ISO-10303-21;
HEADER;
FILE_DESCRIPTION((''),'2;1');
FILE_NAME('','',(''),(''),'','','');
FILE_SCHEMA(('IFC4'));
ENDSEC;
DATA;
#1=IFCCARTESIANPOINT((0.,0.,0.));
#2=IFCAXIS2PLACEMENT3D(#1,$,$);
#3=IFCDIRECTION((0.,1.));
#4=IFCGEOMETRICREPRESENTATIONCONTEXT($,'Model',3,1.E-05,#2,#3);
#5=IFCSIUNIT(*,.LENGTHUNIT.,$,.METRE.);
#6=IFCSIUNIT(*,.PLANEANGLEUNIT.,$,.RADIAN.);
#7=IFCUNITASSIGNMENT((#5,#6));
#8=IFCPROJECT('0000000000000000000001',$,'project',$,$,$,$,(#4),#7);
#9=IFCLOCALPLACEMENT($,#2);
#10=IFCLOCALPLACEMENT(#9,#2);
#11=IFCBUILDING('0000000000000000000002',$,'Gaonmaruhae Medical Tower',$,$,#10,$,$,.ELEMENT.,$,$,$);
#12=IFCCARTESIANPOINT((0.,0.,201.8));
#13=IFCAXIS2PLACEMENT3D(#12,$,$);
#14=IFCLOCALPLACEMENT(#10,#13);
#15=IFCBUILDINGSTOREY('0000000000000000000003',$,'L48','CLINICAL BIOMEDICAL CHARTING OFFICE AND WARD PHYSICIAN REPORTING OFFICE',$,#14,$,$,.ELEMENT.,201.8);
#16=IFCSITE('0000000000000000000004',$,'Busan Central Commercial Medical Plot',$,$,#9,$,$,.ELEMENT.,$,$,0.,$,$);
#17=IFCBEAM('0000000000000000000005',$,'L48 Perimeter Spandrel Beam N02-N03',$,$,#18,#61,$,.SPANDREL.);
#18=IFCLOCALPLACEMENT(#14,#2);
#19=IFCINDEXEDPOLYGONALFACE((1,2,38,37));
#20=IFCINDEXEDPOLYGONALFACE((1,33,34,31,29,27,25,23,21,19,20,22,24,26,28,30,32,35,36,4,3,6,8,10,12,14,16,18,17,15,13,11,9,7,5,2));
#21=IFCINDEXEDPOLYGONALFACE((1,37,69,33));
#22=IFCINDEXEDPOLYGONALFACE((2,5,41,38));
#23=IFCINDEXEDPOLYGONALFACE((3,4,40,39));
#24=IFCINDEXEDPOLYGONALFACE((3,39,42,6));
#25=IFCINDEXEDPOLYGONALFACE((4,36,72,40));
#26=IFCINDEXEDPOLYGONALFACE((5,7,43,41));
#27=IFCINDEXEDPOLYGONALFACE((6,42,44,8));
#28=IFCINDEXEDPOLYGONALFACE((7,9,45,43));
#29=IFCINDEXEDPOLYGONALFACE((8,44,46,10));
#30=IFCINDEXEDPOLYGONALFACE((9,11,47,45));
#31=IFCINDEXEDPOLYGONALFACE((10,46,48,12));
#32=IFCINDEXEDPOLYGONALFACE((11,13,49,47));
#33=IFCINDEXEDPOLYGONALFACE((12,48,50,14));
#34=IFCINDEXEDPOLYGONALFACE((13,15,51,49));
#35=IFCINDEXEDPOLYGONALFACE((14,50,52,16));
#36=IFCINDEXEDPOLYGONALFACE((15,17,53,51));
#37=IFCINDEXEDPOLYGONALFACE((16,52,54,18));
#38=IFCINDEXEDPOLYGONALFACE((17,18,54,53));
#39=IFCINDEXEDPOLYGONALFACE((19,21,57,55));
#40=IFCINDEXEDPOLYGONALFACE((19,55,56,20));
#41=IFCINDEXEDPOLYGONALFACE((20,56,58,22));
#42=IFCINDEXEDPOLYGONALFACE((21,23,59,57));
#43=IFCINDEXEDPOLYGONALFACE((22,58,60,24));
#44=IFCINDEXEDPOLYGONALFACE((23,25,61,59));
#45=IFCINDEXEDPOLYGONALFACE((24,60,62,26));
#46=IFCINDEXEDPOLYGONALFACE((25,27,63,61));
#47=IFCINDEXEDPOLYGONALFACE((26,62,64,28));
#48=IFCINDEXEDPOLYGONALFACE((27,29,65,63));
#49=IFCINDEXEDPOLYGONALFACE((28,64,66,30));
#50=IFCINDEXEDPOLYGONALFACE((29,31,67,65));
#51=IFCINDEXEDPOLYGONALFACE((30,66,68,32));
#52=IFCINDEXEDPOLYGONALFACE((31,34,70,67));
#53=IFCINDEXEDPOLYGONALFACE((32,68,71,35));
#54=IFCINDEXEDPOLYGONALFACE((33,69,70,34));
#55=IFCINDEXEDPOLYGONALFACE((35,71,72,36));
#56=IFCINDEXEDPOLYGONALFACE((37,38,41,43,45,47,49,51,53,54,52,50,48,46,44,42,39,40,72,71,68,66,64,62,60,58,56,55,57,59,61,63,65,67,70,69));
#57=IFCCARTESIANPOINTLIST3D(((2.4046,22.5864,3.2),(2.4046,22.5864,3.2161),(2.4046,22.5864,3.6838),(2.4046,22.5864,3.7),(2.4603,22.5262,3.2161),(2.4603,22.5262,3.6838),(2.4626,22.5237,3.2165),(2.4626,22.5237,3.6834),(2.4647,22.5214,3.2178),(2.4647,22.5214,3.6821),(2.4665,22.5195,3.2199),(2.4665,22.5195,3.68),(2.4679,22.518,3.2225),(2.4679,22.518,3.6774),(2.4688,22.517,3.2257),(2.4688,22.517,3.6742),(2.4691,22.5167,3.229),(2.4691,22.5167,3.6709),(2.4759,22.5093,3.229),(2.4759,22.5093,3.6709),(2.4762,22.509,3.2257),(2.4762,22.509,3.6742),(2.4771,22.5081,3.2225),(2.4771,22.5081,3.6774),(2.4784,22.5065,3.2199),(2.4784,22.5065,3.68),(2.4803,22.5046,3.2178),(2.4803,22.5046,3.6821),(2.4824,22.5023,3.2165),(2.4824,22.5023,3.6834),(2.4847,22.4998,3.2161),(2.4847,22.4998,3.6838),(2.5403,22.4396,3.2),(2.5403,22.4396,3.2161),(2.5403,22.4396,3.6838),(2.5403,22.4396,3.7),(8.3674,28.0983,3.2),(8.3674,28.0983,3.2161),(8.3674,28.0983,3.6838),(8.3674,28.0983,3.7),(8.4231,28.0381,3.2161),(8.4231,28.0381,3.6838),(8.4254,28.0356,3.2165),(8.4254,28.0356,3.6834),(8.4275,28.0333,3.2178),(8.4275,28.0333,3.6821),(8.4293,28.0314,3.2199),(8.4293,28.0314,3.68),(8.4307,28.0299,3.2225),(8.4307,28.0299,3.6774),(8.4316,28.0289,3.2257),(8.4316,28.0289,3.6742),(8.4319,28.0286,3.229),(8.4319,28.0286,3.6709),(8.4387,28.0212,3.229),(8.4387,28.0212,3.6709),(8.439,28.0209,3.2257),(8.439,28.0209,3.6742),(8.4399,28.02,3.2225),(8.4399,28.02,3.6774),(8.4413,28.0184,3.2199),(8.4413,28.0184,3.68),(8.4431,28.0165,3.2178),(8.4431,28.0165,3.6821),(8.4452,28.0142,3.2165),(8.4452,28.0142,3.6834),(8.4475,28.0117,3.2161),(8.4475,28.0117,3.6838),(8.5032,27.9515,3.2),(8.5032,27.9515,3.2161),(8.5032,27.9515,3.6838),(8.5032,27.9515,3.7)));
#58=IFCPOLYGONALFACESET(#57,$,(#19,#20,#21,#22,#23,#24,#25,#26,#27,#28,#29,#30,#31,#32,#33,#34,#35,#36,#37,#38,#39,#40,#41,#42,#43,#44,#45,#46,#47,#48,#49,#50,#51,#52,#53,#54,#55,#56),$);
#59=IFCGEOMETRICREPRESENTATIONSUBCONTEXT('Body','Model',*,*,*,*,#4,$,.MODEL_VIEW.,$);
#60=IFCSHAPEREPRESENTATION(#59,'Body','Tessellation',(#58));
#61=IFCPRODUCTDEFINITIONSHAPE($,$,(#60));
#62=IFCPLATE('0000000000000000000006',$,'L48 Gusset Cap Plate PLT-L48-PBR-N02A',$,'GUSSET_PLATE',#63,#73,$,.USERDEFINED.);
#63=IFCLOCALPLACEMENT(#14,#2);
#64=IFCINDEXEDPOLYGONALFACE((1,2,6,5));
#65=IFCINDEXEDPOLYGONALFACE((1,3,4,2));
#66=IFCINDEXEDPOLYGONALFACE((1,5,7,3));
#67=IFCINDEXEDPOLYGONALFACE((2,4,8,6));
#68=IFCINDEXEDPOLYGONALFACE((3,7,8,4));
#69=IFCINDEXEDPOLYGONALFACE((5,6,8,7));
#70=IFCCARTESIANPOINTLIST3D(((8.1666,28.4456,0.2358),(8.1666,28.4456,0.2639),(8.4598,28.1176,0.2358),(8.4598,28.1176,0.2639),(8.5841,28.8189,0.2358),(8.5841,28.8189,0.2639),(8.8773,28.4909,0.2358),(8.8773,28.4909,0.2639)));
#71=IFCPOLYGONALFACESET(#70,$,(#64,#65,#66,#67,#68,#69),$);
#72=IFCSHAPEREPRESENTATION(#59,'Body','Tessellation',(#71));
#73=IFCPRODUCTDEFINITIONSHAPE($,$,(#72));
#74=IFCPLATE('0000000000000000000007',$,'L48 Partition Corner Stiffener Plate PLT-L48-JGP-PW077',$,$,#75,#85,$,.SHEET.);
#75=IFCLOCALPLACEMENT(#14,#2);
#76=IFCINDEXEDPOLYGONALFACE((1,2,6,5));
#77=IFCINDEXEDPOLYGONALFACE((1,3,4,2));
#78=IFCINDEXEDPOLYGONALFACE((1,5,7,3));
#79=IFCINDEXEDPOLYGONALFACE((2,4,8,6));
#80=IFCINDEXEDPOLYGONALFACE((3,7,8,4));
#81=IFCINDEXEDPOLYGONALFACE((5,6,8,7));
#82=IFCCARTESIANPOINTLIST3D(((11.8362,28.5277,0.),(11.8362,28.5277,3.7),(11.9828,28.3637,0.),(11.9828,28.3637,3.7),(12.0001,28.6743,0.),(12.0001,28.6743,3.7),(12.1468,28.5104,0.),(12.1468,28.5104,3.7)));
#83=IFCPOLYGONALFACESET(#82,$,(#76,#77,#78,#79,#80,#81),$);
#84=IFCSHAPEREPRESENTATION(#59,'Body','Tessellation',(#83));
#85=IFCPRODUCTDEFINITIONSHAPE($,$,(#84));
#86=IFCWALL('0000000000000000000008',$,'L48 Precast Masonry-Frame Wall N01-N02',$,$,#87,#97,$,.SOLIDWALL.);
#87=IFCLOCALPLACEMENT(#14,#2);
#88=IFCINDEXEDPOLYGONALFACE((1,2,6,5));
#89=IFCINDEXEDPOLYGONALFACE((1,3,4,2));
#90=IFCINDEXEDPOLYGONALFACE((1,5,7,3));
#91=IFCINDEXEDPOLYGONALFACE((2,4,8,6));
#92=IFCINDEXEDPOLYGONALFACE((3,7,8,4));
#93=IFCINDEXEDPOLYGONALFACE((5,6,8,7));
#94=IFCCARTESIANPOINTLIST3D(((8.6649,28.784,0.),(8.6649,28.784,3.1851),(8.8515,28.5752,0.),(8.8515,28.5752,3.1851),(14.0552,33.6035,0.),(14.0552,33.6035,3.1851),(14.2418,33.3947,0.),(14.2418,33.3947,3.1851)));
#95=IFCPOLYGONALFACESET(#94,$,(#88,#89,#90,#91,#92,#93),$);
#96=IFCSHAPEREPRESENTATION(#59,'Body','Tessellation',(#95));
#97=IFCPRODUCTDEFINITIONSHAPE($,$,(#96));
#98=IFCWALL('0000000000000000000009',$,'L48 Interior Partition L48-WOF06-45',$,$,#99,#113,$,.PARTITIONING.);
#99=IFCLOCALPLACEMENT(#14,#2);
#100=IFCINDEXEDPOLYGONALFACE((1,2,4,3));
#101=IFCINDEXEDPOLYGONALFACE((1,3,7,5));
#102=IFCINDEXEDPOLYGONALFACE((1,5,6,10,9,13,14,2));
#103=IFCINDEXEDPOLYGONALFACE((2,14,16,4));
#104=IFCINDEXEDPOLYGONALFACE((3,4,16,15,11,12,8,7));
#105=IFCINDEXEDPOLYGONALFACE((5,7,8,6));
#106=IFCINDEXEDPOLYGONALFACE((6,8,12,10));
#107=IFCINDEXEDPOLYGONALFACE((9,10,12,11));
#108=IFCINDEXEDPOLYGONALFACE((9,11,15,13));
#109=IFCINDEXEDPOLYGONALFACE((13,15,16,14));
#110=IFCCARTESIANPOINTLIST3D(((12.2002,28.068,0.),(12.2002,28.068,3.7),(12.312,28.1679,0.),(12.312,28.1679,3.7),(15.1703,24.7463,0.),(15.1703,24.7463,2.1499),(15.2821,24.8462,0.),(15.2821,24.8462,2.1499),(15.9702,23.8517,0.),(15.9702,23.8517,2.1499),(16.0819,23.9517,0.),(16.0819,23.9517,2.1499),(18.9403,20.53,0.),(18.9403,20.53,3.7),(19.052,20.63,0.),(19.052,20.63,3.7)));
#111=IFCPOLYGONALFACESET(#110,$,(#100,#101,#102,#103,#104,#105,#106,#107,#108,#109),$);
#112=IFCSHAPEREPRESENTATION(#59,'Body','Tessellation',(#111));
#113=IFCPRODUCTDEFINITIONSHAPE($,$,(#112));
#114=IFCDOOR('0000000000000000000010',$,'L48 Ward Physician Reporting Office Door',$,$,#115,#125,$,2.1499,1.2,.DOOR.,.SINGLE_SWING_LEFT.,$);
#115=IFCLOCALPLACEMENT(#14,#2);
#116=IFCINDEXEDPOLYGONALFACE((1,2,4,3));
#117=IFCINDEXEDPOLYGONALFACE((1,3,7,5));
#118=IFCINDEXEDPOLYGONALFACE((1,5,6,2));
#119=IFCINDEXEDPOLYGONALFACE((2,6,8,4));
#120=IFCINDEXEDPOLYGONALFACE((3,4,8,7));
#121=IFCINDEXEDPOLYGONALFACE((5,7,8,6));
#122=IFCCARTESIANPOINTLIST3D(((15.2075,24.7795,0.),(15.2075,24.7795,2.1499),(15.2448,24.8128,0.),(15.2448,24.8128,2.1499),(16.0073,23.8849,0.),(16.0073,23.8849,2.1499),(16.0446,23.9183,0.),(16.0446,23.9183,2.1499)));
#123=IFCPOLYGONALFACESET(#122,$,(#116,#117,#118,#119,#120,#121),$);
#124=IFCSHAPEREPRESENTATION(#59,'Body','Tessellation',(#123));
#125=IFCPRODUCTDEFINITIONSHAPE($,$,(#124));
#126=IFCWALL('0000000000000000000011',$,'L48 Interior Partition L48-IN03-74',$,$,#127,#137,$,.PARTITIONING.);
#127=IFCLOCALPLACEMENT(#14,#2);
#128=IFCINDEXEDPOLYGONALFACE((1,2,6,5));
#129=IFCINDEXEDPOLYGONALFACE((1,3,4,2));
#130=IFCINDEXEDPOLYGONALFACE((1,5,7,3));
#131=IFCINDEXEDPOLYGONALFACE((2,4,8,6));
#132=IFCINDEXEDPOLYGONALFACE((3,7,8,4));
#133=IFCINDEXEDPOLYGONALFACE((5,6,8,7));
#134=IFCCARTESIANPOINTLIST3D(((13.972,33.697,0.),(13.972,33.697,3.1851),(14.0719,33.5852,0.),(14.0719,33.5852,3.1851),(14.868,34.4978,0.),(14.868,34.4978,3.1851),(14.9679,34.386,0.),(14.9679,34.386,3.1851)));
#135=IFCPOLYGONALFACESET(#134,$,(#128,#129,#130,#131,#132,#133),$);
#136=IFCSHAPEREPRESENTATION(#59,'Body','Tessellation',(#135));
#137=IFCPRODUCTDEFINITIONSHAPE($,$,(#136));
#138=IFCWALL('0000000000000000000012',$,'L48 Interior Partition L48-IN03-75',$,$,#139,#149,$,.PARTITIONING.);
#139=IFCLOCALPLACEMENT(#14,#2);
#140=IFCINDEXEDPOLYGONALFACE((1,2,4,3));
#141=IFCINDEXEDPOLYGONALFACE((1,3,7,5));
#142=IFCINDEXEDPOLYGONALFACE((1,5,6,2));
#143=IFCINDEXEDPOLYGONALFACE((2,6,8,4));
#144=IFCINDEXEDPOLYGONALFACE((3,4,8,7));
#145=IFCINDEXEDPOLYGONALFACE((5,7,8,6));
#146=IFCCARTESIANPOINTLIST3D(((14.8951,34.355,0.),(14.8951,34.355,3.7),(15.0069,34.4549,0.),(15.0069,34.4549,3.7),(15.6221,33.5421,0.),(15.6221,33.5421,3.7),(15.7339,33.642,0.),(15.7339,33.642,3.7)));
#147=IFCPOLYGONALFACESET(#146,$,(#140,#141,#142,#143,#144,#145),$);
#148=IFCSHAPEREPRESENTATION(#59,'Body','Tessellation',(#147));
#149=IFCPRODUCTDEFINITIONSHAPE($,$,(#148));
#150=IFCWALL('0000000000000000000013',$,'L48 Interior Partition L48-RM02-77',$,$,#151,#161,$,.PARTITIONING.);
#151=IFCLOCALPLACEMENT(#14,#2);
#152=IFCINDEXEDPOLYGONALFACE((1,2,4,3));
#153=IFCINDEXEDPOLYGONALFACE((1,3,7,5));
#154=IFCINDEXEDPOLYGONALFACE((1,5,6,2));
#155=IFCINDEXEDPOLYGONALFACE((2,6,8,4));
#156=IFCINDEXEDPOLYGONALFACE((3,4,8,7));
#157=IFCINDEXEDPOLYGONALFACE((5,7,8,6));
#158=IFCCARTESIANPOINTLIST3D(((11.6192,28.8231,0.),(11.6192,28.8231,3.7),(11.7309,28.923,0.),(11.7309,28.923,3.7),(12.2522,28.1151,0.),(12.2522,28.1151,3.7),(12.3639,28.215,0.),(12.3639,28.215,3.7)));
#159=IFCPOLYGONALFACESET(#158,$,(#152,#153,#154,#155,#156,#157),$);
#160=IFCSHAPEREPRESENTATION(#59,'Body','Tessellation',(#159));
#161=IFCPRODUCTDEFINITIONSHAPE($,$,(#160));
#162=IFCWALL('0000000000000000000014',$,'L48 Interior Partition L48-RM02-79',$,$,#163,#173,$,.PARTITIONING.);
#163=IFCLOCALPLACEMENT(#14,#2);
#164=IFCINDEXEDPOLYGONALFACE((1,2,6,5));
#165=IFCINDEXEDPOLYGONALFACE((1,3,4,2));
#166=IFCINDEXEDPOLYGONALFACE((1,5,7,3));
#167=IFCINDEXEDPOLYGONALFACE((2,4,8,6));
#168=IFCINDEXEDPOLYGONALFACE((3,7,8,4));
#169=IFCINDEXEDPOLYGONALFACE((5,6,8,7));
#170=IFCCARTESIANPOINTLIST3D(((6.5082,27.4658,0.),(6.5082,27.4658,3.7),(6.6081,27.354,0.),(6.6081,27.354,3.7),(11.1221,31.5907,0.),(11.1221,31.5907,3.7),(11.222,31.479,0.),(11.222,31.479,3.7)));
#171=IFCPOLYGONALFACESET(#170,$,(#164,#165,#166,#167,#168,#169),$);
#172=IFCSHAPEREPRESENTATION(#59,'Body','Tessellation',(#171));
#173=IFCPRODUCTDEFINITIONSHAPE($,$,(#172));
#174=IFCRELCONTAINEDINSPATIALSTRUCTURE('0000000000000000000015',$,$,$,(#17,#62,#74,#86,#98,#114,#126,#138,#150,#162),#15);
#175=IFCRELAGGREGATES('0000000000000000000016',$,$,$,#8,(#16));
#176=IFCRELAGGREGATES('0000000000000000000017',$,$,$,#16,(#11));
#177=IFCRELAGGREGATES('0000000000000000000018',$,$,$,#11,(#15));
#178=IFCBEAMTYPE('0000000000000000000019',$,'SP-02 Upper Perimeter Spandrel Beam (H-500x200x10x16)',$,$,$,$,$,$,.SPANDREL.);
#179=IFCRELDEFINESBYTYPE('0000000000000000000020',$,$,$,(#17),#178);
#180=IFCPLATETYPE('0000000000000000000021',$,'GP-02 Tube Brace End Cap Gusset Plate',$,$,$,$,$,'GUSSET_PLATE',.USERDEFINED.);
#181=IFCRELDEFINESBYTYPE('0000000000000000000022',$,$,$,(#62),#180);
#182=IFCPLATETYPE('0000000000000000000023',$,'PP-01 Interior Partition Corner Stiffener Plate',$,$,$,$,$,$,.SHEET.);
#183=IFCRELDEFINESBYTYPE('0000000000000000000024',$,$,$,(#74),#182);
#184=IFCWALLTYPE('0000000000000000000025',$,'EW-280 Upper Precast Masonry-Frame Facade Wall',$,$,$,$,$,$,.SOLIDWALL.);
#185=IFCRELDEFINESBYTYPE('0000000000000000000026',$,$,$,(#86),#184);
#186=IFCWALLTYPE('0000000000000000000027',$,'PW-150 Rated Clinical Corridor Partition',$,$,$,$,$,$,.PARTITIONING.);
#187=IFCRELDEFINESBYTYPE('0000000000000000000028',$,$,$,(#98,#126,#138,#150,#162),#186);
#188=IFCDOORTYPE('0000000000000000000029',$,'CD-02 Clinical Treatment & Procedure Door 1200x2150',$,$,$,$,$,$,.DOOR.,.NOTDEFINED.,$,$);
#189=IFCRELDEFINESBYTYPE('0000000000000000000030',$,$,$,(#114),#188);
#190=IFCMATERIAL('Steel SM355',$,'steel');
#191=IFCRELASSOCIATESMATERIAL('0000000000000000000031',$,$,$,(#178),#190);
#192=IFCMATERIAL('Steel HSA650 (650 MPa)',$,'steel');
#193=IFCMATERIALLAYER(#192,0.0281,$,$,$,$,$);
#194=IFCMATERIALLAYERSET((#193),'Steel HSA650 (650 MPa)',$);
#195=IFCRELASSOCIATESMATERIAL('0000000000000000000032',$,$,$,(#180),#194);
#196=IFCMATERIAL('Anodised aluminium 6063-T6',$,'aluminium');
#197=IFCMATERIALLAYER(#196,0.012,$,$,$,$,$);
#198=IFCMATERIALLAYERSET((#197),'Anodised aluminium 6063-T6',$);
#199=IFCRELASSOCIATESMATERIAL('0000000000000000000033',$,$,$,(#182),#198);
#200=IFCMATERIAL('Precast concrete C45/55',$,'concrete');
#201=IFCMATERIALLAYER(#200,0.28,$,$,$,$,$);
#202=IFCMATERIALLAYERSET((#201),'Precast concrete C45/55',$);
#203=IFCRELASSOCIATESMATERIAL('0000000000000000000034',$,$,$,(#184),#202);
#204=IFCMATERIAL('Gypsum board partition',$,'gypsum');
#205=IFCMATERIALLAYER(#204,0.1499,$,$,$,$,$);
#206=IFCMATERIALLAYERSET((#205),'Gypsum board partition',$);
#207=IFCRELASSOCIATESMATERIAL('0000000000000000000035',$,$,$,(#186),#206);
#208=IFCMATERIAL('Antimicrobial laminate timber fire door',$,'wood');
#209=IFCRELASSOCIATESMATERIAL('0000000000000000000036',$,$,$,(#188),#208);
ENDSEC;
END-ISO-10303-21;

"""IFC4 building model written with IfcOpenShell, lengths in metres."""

from ifc_helpers import new_model, si_unit, direction, frame, frame_2d, origin, origin_2d, place, context, subcontext, project, spatial, rectangle, i_section, extrude, material, layer, layer_set, material_profile, profile_set, type_object, element, fill, save


model = new_model("IFC4")

# Units and contexts
model_context = context("Model", 3, precision=1e-05, world=origin(), true_north=direction((0.0, 1.0)))
body_context = subcontext(model_context, "Body", "Model", "MODEL_VIEW")
ifc_project = project(units=[si_unit("LENGTHUNIT", "METRE"), si_unit("PLANEANGLEUNIT", "RADIAN")], contexts=[model_context])

# Site, building, storey
site_placement = place(None, origin())
site = spatial("IfcSite", under=ifc_project, at=site_placement, Name="Busan Central Commercial Medical Plot", CompositionType="ELEMENT", RefElevation=0.0)
building_placement = place(site_placement, origin())
building = spatial("IfcBuilding", under=site, at=building_placement, Name="Gaonmaruhae Medical Tower", CompositionType="ELEMENT")
storey_placement = place(building_placement, frame((0.0, 0.0, 201.8)))
storey = spatial("IfcBuildingStorey", under=building, at=storey_placement, Name="L48", Description="CLINICAL BIOMEDICAL CHARTING OFFICE AND WARD PHYSICIAN REPORTING OFFICE", CompositionType="ELEMENT", Elevation=201.8)

# Shared definitions
ifc_material_1 = material(Name="Steel SM355", Category="steel")

# Beam
ifc_material_profile_1 = material_profile(ifc_material_1, i_section(OverallWidth=0.2, OverallDepth=0.5, WebThickness=0.01, FlangeThickness=0.0161, FilletRadius=0.0129, at=origin_2d()), Name="H-500x200x10x16")
ifc_profile_set_1 = profile_set([ifc_material_profile_1], Name="Steel SM355")
beam_type_1 = type_object("IfcBeamType", Name="SP-02 Upper Perimeter Spandrel Beam (H-500x200x10x16)", PredefinedType="SPANDREL", material=ifc_profile_set_1)
for number, where, z_axis, x_axis, name in (
    (1, (8.4353, 28.0249, 3.45), (-0.734327, -0.678796, 0.0), (0.678796, -0.734327, 0.0), "L48 Perimeter Spandrel Beam N02-N03"),
):
    element("IfcBeam", number, at=place(storey_placement, frame(where, z_axis=z_axis, x_axis=x_axis)), inside=storey, type_object=beam_type_1, Name=name, PredefinedType="SPANDREL", context=body_context, shape_type="SweptSolid", body=[
        extrude(i_section(OverallWidth=0.2, OverallDepth=0.5, WebThickness=0.01, FlangeThickness=0.0161, FilletRadius=0.0129, at=origin_2d()), origin(), (0.0, 0.0, 1.0), 8.1201),
    ])

# Plates
ifc_material_2 = material(Name="Steel HSA650 (650 MPa)", Category="steel")
ifc_layer_1 = layer(ifc_material_2, 0.0281)
ifc_layer_set_1 = layer_set([ifc_layer_1], Name="Steel HSA650 (650 MPa)")
plate_type_1 = type_object("IfcPlateType", Name="GP-02 Tube Brace End Cap Gusset Plate", ElementType="GUSSET_PLATE", PredefinedType="USERDEFINED", material=ifc_layer_set_1)
plate_1_placement = place(storey_placement, frame((8.522, 28.4683, 0.2358), z_axis=(0.0, 0.0, 1.0), x_axis=(0.745476, 0.666532, 0.0)))
element("IfcPlate", 2, at=plate_1_placement, inside=storey, type_object=plate_type_1, Name="L48 Gusset Cap Plate PLT-L48-PBR-N02A", ObjectType="GUSSET_PLATE", PredefinedType="USERDEFINED", context=body_context, shape_type="SweptSolid", body=[
    extrude(rectangle(XDim=0.5601, YDim=0.4399, at=origin_2d()), origin(), (0.0, 0.0, 1.0), 0.0281),
])
ifc_material_3 = material(Name="Anodised aluminium 6063-T6", Category="aluminium")
ifc_layer_2 = layer(ifc_material_3, 0.012)
ifc_layer_set_2 = layer_set([ifc_layer_2], Name="Anodised aluminium 6063-T6")
plate_type_2 = type_object("IfcPlateType", Name="PP-01 Interior Partition Corner Stiffener Plate", PredefinedType="SHEET", material=ifc_layer_set_2)
plate_2_placement = place(storey_placement, frame((11.9915, 28.519, 0.0), z_axis=(0.0, 0.0, 1.0), x_axis=(0.666519, -0.745488, 0.0)))
element("IfcPlate", 3, at=plate_2_placement, inside=storey, type_object=plate_type_2, Name="L48 Partition Corner Stiffener Plate PLT-L48-JGP-PW077", PredefinedType="SHEET", context=body_context, shape_type="SweptSolid", body=[
    extrude(rectangle(XDim=0.22, YDim=0.22, at=origin_2d()), origin(), (0.0, 0.0, 1.0), 3.7),
])

# Wall
ifc_material_4 = material(Name="Precast concrete C45/55", Category="concrete")
ifc_layer_3 = layer(ifc_material_4, 0.28)
ifc_layer_set_3 = layer_set([ifc_layer_3], Name="Precast concrete C45/55")
wall_type_1 = type_object("IfcWallType", Name="EW-280 Upper Precast Masonry-Frame Facade Wall", PredefinedType="SOLIDWALL", material=ifc_layer_set_3)
wall_1_placement = place(storey_placement, frame((8.7583, 28.6797, 0.0), z_axis=(0.0, 0.0, 1.0), x_axis=(0.745474, 0.666534, 0.0)))
element("IfcWall", 4, at=wall_1_placement, inside=storey, type_object=wall_type_1, Name="L48 Precast Masonry-Frame Wall N01-N02", PredefinedType="SOLIDWALL", context=body_context, shape_type="SweptSolid", body=[
    extrude(rectangle(XDim=7.2307, YDim=0.28, at=frame_2d((3.6152, 0.0))), origin(), (0.0, 0.0, 1.0), 3.1851),
])

# Wall, opening, door
ifc_material_5 = material(Name="Gypsum board partition", Category="gypsum")
ifc_layer_4 = layer(ifc_material_5, 0.1499)
ifc_layer_set_4 = layer_set([ifc_layer_4], Name="Gypsum board partition")
wall_type_2 = type_object("IfcWallType", Name="PW-150 Rated Clinical Corridor Partition", PredefinedType="PARTITIONING", material=ifc_layer_set_4)
wall_2_placement = place(storey_placement, frame((12.2561, 28.1179, 0.0), z_axis=(0.0, 0.0, 1.0), x_axis=(0.666553, -0.745457, 0.0)))
wall_2 = element("IfcWall", 5, at=wall_2_placement, inside=storey, type_object=wall_type_2, Name="L48 Interior Partition L48-WOF06-45", PredefinedType="PARTITIONING", context=body_context, shape_type="SweptSolid", body=[
    extrude(rectangle(XDim=10.1118, YDim=0.1499, at=frame_2d((5.0559, 0.0))), origin(), (0.0, 0.0, 1.0), 3.7),
])
opening_1_placement = place(wall_2_placement, frame((4.4558, 0.0, 0.0)))
opening_1 = element("IfcOpeningElement", 6, at=opening_1_placement, cuts=wall_2, PredefinedType="OPENING", context=body_context, shape_type="SweptSolid", body=[
    extrude(rectangle(XDim=1.2, YDim=2.1499, at=frame_2d((0.6001, 1.075))), frame((0.0, 0.085, 0.0), z_axis=(0.0, -1.0, 0.0), x_axis=(1.0, 0.0, 0.0)), (0.0, 0.0, 1.0), 0.1699),
])
ifc_material_6 = material(Name="Antimicrobial laminate timber fire door", Category="wood")
door_type_1 = type_object("IfcDoorType", Name="CD-02 Clinical Treatment & Procedure Door 1200x2150", OperationType="NOTDEFINED", PredefinedType="DOOR", material=ifc_material_6)
door_1_placement = place(opening_1_placement, origin())
door_1 = element("IfcDoor", 7, at=door_1_placement, inside=storey, type_object=door_type_1, Name="L48 Ward Physician Reporting Office Door", OperationType="SINGLE_SWING_LEFT", OverallHeight=2.1499, OverallWidth=1.2, PredefinedType="DOOR", context=body_context, shape_type="SweptSolid", body=[
    extrude(rectangle(XDim=1.2, YDim=2.1499, at=frame_2d((0.6001, 1.075))), frame((0.0, 0.0249, 0.0), z_axis=(0.0, -1.0, 0.0), x_axis=(1.0, 0.0, 0.0)), (0.0, 0.0, 1.0), 0.05),
])
fill(opening_1, door_1)

# Walls
wall_3_placement = place(storey_placement, frame((14.022, 33.6411, 0.0), z_axis=(0.0, 0.0, 1.0), x_axis=(0.745613, 0.666379, 0.0)))
element("IfcWall", 8, at=wall_3_placement, inside=storey, type_object=wall_type_2, Name="L48 Interior Partition L48-IN03-74", PredefinedType="PARTITIONING", context=body_context, shape_type="SweptSolid", body=[
    extrude(rectangle(XDim=1.2017, YDim=0.1499, at=frame_2d((0.6008, 0.0))), origin(), (0.0, 0.0, 1.0), 3.1851),
])
wall_4_placement = place(storey_placement, frame((14.9509, 34.405, 0.0), z_axis=(0.0, 0.0, 1.0), x_axis=(0.666612, -0.745405, 0.0)))
element("IfcWall", 9, at=wall_4_placement, inside=storey, type_object=wall_type_2, Name="L48 Interior Partition L48-IN03-75", PredefinedType="PARTITIONING", context=body_context, shape_type="SweptSolid", body=[
    extrude(rectangle(XDim=1.0906, YDim=0.1499, at=frame_2d((0.5454, 0.0))), origin(), (0.0, 0.0, 1.0), 3.7),
])
wall_5_placement = place(storey_placement, frame((11.675, 28.873, 0.0), z_axis=(0.0, 0.0, 1.0), x_axis=(0.666547, -0.745463, 0.0)))
element("IfcWall", 10, at=wall_5_placement, inside=storey, type_object=wall_type_2, Name="L48 Interior Partition L48-RM02-77", PredefinedType="PARTITIONING", context=body_context, shape_type="SweptSolid", body=[
    extrude(rectangle(XDim=0.9497, YDim=0.1499, at=frame_2d((0.4749, 0.0))), origin(), (0.0, 0.0, 1.0), 3.7),
])
wall_6_placement = place(storey_placement, frame((6.5581, 27.4099, 0.0), z_axis=(0.0, 0.0, 1.0), x_axis=(0.745508, 0.666496, 0.0)))
element("IfcWall", 11, at=wall_6_placement, inside=storey, type_object=wall_type_2, Name="L48 Interior Partition L48-RM02-79", PredefinedType="PARTITIONING", context=body_context, shape_type="SweptSolid", body=[
    extrude(rectangle(XDim=6.189, YDim=0.1499, at=frame_2d((3.0945, 0.0))), origin(), (0.0, 0.0, 1.0), 3.7),
])

save(model, "model.ifc")
